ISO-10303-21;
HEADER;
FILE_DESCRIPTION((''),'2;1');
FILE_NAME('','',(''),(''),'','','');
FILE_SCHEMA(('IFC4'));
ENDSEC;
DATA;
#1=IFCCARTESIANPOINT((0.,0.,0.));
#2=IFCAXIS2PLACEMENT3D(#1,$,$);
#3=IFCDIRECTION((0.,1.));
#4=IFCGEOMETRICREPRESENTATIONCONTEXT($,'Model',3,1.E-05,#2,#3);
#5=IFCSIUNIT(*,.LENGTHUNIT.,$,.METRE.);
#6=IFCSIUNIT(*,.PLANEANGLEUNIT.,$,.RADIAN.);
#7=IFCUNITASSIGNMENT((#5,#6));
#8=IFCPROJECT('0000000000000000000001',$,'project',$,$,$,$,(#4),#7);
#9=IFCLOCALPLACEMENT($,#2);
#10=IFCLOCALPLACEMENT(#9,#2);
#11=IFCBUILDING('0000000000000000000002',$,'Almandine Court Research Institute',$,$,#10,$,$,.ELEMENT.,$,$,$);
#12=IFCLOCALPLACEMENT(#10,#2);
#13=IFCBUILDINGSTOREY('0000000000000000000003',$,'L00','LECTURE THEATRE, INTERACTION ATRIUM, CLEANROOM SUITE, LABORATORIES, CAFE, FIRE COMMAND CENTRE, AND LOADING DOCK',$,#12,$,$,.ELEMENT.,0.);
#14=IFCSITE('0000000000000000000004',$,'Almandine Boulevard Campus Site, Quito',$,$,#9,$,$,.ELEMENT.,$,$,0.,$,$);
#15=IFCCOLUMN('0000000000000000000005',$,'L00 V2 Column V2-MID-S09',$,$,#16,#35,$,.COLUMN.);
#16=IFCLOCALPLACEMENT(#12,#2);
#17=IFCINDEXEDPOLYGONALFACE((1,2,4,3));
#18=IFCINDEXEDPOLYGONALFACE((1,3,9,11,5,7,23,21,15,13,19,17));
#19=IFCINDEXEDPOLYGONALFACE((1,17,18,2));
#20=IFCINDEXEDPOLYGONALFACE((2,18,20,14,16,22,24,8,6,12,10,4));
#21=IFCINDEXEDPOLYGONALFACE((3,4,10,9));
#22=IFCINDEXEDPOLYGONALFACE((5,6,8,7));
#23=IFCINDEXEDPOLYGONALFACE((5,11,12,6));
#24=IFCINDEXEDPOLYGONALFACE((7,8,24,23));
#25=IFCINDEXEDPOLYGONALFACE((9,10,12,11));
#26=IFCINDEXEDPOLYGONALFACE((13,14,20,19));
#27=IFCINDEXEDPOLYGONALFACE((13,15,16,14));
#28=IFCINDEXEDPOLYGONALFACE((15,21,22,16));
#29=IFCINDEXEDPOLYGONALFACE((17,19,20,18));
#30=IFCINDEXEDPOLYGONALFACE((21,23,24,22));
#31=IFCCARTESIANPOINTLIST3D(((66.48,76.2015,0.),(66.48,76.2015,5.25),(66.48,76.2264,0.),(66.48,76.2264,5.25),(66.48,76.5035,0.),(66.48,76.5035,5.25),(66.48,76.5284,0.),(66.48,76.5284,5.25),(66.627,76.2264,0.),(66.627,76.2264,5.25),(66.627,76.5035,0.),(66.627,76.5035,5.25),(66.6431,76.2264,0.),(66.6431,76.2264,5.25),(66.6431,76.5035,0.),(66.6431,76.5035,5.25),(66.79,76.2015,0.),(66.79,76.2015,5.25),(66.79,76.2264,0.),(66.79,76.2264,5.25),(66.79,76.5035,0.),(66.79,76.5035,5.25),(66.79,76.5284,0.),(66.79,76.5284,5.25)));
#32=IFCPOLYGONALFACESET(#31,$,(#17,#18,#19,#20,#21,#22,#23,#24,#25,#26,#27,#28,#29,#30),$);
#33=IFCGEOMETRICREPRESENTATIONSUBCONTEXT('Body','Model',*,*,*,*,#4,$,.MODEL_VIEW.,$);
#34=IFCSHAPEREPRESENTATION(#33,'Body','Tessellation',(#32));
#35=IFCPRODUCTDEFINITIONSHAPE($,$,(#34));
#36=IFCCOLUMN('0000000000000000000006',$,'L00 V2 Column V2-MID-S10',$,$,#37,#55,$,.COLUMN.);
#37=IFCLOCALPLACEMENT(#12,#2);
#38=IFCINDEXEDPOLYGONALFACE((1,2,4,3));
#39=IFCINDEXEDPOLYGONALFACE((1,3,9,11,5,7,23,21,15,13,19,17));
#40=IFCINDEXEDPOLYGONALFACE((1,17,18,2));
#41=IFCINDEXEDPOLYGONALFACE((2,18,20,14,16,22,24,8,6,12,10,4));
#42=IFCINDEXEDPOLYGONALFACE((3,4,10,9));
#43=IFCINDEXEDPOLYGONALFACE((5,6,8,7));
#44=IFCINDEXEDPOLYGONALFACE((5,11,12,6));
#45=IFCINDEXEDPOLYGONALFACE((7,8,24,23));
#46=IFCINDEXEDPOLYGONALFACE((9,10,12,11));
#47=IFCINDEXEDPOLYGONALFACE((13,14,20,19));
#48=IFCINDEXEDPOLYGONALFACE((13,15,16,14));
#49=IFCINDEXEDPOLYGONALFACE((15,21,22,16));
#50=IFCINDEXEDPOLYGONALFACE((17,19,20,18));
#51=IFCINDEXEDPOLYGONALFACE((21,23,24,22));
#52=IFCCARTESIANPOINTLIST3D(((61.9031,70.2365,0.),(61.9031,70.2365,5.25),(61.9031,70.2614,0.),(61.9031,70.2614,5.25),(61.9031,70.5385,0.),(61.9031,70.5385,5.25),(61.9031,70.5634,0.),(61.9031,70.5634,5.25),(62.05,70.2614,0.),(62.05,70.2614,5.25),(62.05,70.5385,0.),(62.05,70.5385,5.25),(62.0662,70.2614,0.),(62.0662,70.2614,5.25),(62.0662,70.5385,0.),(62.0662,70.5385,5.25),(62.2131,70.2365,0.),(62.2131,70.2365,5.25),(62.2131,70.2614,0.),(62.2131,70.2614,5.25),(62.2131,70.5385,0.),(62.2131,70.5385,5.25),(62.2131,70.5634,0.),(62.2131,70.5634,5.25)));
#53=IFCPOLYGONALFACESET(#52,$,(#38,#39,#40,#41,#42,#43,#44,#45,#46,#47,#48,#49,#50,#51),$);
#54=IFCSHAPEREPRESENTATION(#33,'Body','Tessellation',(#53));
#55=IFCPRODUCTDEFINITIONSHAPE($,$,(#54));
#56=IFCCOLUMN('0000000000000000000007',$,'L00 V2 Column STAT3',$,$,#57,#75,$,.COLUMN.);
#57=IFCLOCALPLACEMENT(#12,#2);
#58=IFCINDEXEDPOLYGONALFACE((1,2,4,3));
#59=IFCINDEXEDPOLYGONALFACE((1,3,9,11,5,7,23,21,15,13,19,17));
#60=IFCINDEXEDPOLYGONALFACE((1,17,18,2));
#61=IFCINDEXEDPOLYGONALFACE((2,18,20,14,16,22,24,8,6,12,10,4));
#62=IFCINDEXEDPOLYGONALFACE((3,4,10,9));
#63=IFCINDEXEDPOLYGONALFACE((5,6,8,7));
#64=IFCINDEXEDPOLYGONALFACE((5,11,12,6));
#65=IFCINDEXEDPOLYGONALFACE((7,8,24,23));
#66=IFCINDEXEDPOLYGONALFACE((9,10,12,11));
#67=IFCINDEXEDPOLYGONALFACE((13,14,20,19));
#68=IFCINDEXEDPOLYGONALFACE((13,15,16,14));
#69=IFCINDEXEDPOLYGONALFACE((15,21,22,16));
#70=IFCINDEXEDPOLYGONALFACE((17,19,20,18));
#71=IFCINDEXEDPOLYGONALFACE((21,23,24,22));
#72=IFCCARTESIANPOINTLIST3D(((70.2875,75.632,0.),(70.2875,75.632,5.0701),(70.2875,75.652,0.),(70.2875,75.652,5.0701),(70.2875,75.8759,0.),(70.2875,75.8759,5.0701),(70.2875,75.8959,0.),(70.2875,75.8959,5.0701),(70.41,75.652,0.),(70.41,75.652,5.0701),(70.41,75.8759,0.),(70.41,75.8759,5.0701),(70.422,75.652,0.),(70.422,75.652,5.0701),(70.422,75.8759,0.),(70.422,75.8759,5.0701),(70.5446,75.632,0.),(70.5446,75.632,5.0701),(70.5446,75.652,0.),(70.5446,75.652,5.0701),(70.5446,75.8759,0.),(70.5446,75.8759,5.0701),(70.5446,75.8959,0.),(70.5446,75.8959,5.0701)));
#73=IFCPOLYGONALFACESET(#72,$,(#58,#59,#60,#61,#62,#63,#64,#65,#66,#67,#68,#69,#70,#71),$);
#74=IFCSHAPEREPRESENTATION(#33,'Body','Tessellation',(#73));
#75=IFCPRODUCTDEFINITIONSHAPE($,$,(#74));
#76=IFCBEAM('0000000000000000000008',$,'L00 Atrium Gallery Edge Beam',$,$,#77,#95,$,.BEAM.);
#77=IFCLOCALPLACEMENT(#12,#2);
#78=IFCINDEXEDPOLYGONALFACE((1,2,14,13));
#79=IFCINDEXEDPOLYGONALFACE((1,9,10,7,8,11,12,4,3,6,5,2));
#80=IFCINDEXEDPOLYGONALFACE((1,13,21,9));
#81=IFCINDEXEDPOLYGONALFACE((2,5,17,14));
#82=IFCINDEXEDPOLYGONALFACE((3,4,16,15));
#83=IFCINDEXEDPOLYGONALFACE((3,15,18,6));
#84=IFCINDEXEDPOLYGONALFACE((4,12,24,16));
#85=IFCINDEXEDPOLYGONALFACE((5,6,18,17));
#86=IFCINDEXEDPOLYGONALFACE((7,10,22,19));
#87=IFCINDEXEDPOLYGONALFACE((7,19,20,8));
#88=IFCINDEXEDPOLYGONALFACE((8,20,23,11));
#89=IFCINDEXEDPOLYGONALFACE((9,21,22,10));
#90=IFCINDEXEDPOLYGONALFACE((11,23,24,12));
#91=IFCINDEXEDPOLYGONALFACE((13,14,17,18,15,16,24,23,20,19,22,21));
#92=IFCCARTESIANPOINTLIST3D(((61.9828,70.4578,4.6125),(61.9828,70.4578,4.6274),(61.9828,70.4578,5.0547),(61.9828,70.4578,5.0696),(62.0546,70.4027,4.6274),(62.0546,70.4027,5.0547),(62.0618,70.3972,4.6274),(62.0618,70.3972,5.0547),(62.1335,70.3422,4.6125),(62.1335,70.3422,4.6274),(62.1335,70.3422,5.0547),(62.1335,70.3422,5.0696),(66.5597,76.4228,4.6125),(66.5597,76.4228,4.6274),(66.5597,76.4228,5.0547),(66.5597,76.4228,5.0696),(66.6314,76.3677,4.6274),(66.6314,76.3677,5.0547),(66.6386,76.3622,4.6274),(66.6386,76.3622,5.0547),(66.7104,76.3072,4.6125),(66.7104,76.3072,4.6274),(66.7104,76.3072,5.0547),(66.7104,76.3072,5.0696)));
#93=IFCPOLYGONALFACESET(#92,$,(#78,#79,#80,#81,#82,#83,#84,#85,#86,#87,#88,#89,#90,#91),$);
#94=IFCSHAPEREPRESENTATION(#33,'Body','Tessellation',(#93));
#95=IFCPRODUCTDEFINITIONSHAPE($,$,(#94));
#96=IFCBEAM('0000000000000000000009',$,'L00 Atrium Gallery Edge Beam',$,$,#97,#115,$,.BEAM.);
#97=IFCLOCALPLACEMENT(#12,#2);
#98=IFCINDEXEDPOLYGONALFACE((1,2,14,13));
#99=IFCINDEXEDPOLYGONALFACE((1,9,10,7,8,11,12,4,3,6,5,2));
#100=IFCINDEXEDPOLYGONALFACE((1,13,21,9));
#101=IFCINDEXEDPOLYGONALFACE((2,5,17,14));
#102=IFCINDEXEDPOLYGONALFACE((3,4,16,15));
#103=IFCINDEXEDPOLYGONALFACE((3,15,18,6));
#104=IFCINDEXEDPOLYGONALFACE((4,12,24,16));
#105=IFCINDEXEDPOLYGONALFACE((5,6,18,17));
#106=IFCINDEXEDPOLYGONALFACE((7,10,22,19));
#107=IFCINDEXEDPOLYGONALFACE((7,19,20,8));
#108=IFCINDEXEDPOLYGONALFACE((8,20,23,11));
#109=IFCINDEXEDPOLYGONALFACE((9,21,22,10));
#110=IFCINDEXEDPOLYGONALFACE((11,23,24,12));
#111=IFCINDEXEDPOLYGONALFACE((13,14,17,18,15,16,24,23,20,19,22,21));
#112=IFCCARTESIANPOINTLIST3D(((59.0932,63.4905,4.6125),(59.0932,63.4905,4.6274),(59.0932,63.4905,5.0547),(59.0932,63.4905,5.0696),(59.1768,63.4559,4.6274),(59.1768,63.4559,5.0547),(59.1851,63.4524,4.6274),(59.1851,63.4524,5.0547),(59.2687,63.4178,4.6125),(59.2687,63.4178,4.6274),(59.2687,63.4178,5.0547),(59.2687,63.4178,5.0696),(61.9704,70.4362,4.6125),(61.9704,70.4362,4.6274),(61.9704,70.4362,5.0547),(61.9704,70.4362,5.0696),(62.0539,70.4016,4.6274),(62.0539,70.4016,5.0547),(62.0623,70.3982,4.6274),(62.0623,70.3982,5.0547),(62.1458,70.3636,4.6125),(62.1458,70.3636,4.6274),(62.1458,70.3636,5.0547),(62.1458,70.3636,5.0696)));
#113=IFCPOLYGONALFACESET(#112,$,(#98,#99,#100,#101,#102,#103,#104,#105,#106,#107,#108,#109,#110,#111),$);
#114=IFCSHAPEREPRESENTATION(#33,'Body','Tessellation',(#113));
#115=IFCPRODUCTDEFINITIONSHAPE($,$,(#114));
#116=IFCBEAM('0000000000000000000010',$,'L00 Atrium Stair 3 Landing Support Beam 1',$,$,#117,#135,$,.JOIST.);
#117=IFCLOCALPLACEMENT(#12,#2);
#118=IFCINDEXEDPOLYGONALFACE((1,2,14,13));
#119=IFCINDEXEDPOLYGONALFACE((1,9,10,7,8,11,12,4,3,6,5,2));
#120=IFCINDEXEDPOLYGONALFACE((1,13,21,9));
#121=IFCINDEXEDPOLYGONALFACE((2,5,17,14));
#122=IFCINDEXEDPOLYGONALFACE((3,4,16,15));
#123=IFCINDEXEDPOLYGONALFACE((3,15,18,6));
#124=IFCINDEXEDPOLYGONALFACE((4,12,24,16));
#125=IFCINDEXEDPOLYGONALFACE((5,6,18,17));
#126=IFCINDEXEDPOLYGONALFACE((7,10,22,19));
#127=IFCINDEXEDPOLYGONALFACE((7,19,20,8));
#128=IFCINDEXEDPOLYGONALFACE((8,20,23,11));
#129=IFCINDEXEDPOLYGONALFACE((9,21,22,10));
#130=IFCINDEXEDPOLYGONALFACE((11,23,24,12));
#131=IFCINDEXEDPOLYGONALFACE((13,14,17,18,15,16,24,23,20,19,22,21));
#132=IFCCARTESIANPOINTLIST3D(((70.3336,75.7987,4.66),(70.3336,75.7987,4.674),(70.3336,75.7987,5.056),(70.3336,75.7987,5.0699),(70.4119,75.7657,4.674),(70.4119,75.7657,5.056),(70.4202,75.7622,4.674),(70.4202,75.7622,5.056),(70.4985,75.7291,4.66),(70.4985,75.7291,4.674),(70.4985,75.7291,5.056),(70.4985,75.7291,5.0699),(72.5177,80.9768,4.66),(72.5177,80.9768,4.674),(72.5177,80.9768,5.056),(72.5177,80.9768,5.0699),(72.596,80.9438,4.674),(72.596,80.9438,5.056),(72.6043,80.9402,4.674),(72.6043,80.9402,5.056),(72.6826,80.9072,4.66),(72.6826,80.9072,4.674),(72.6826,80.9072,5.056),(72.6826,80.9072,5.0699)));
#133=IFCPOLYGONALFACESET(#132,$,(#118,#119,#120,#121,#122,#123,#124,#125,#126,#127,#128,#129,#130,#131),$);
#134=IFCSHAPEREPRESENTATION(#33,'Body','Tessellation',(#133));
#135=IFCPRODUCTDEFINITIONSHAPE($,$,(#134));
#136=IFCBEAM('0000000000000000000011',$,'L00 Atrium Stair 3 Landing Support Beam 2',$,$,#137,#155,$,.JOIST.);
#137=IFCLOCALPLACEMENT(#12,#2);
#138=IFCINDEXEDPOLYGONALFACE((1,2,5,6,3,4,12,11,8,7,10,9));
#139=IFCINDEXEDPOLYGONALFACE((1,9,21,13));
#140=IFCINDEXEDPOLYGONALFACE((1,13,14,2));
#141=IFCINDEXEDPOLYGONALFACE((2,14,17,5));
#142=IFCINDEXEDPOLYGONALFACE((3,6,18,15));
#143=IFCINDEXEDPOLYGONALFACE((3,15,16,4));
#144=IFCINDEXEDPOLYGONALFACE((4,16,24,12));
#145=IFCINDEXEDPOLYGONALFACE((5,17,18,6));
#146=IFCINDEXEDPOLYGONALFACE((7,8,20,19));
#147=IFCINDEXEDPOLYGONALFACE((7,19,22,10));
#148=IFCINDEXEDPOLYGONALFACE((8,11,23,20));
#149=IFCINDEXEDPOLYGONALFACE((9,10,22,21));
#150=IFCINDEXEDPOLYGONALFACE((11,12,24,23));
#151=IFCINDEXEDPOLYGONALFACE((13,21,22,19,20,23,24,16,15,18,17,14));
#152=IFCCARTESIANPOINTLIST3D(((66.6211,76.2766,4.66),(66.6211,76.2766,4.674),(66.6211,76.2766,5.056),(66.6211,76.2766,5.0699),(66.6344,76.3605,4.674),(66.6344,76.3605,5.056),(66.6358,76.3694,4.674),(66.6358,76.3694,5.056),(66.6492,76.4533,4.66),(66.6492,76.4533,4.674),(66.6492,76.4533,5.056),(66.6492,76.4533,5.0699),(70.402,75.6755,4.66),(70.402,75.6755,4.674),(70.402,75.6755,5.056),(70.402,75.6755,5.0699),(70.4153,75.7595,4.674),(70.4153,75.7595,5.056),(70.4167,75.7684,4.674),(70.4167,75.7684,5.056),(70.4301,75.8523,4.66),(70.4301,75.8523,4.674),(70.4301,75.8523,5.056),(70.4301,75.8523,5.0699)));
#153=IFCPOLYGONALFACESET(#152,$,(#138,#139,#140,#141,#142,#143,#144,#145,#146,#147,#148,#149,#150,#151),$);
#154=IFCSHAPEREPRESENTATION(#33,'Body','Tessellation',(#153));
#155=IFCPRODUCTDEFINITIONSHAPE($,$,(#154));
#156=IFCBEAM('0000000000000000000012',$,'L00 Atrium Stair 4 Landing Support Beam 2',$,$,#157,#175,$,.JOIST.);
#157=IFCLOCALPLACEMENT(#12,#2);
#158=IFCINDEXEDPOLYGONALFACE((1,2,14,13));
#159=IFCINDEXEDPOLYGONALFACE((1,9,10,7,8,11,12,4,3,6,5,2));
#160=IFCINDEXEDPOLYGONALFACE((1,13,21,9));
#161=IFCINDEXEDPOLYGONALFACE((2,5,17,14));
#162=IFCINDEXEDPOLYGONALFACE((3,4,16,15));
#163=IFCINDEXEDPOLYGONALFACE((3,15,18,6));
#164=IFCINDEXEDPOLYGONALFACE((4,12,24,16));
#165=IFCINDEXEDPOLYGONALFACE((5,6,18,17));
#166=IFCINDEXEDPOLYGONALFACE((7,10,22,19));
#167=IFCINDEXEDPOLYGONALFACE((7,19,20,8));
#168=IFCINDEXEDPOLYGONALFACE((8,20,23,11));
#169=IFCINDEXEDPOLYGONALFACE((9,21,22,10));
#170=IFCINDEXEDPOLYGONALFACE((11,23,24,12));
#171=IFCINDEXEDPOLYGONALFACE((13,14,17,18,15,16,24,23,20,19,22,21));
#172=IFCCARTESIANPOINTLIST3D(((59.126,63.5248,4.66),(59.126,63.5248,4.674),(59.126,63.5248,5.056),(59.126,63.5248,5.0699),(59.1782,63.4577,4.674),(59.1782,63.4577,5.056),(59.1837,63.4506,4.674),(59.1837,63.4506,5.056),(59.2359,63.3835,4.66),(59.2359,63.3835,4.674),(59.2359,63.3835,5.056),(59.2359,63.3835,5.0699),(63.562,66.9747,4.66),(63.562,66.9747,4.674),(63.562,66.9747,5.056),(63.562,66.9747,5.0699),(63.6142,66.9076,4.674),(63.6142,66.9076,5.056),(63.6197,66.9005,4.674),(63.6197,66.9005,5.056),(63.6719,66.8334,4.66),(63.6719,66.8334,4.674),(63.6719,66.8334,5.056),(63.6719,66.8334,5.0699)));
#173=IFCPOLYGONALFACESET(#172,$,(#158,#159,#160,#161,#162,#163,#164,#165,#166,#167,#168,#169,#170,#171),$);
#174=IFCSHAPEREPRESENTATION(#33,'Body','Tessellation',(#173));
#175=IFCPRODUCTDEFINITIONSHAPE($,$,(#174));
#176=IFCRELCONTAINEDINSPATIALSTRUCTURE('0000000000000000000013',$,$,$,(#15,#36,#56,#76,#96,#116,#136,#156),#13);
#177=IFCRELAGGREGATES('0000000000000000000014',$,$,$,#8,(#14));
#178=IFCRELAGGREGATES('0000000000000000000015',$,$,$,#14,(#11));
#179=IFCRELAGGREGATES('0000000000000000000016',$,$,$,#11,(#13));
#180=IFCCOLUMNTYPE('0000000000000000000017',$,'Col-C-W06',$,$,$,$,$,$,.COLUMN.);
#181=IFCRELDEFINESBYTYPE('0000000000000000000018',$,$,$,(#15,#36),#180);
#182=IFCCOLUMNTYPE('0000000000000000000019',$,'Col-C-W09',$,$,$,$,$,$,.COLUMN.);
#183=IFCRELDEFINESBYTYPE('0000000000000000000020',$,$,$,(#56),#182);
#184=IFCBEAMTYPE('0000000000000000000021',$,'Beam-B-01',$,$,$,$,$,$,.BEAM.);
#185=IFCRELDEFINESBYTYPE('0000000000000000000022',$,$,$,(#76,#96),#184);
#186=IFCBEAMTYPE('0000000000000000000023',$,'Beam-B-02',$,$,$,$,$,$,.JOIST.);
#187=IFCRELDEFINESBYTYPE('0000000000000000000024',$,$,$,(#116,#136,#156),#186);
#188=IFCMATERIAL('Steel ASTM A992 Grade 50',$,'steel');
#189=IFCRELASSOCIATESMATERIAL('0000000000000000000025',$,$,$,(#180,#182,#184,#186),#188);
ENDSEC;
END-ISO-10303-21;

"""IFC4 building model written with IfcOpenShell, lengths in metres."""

from ifc_helpers import new_model, si_unit, direction, frame, origin, origin_2d, place, context, subcontext, project, spatial, i_section, extrude, material, material_profile, profile_set, type_object, element, save


model = new_model("IFC4")

# Units and contexts
model_context = context("Model", 3, precision=1e-05, world=origin(), true_north=direction((0.0, 1.0)))
body_context = subcontext(model_context, "Body", "Model", "MODEL_VIEW")
ifc_project = project(units=[si_unit("LENGTHUNIT", "METRE"), si_unit("PLANEANGLEUNIT", "RADIAN")], contexts=[model_context])

# Site, building, storey
site_placement = place(None, origin())
site = spatial("IfcSite", under=ifc_project, at=site_placement, Name="Almandine Boulevard Campus Site, Quito", CompositionType="ELEMENT", RefElevation=0.0)
building_placement = place(site_placement, origin())
building = spatial("IfcBuilding", under=site, at=building_placement, Name="Almandine Court Research Institute", CompositionType="ELEMENT")
storey_placement = place(building_placement, origin())
storey = spatial("IfcBuildingStorey", under=building, at=storey_placement, Name="L00", Description="LECTURE THEATRE, INTERACTION ATRIUM, CLEANROOM SUITE, LABORATORIES, CAFE, FIRE COMMAND CENTRE, AND LOADING DOCK", CompositionType="ELEMENT", Elevation=0.0)

# Columns
ifc_material_1 = material(Name="Steel ASTM A992 Grade 50", Category="steel")
ifc_material_profile_1 = material_profile(ifc_material_1, i_section(OverallWidth=0.3101, OverallDepth=0.3269, WebThickness=0.0161, FlangeThickness=0.0249, at=origin_2d()), Name="W310x158")
ifc_profile_set_1 = profile_set([ifc_material_profile_1], Name="Steel ASTM A992 Grade 50")
column_type_1 = type_object("IfcColumnType", Name="Col-C-W06", PredefinedType="COLUMN", material=ifc_profile_set_1)
for number, where, z_axis, x_axis, name in (
    (1, (66.635, 76.365, 0.0), (0.0, 0.0, 1.0), (1.0, 0.0, 0.0), "L00 V2 Column V2-MID-S09"),
    (2, (62.0581, 70.3999, 0.0), (0.0, 0.0, 1.0), (1.0, 0.0, 0.0), "L00 V2 Column V2-MID-S10"),
):
    element("IfcColumn", number, at=place(storey_placement, frame(where, z_axis=z_axis, x_axis=x_axis)), inside=storey, type_object=column_type_1, Name=name, PredefinedType="COLUMN", context=body_context, shape_type="SweptSolid", body=[
        extrude(i_section(OverallWidth=0.3101, OverallDepth=0.3269, WebThickness=0.0161, FlangeThickness=0.0249, at=origin_2d()), origin(), (0.0, 0.0, 1.0), 5.25),
    ])
ifc_material_profile_2 = material_profile(ifc_material_1, i_section(OverallWidth=0.2571, OverallDepth=0.2639, WebThickness=0.012, FlangeThickness=0.02, at=origin_2d()), Name="W250x101")
ifc_profile_set_2 = profile_set([ifc_material_profile_2], Name="Steel ASTM A992 Grade 50")
column_type_2 = type_object("IfcColumnType", Name="Col-C-W09", PredefinedType="COLUMN", material=ifc_profile_set_2)
column_placement = place(storey_placement, frame((70.416, 75.7639, 0.0), z_axis=(0.0, 0.0, 1.0), x_axis=(1.0, 0.0, 0.0)))
element("IfcColumn", 3, at=column_placement, inside=storey, type_object=column_type_2, Name="L00 V2 Column STAT3", PredefinedType="COLUMN", context=body_context, shape_type="SweptSolid", body=[
    extrude(i_section(OverallWidth=0.2571, OverallDepth=0.2639, WebThickness=0.012, FlangeThickness=0.02, at=origin_2d()), origin(), (0.0, 0.0, 1.0), 5.0701),
])

# Beams
ifc_material_profile_3 = material_profile(ifc_material_1, i_section(OverallWidth=0.1899, OverallDepth=0.457, WebThickness=0.009, FlangeThickness=0.0149, at=origin_2d()), Name="W460x74")
ifc_profile_set_3 = profile_set([ifc_material_profile_3], Name="Steel ASTM A992 Grade 50")
beam_type_1 = type_object("IfcBeamType", Name="Beam-B-01", PredefinedType="BEAM", material=ifc_profile_set_3)
beam_1_placement = place(storey_placement, frame((66.635, 76.365, 4.8411), z_axis=(-0.608739, -0.793371, 0.0), x_axis=(0.793371, -0.608739, 0.0)))
element("IfcBeam", 4, at=beam_1_placement, inside=storey, type_object=beam_type_1, Name="L00 Atrium Gallery Edge Beam", PredefinedType="BEAM", context=body_context, shape_type="SweptSolid", body=[
    extrude(i_section(OverallWidth=0.1899, OverallDepth=0.457, WebThickness=0.009, FlangeThickness=0.0149, at=origin_2d()), origin(), (0.0, 0.0, 1.0), 7.5186),
])
beam_2_placement = place(storey_placement, frame((62.0581, 70.3999, 4.8411), z_axis=(-0.382701, -0.923872, 0.0), x_axis=(0.923872, -0.382701, 0.0)))
element("IfcBeam", 5, at=beam_2_placement, inside=storey, type_object=beam_type_1, Name="L00 Atrium Gallery Edge Beam", PredefinedType="BEAM", context=body_context, shape_type="SweptSolid", body=[
    extrude(i_section(OverallWidth=0.1899, OverallDepth=0.457, WebThickness=0.009, FlangeThickness=0.0149, at=origin_2d()), origin(), (0.0, 0.0, 1.0), 7.5181),
])
ifc_material_profile_4 = material_profile(ifc_material_1, i_section(OverallWidth=0.179, OverallDepth=0.4099, WebThickness=0.009, FlangeThickness=0.0139, at=origin_2d()), Name="W410x67")
ifc_profile_set_4 = profile_set([ifc_material_profile_4], Name="Steel ASTM A992 Grade 50")
beam_type_2 = type_object("IfcBeamType", Name="Beam-B-02", PredefinedType="JOIST", material=ifc_profile_set_4)
beam_3_placement = place(storey_placement, frame((70.416, 75.7639, 4.865), z_axis=(0.388643, 0.921388, 0.0), x_axis=(-0.921388, 0.388643, 0.0)))
element("IfcBeam", 6, at=beam_3_placement, inside=storey, type_object=beam_type_2, Name="L00 Atrium Stair 3 Landing Support Beam 1", PredefinedType="JOIST", context=body_context, shape_type="SweptSolid", body=[
    extrude(i_section(OverallWidth=0.179, OverallDepth=0.4099, WebThickness=0.009, FlangeThickness=0.0139, at=origin_2d()), origin(), (0.0, 0.0, 1.0), 5.6199),
])
beam_4_placement = place(storey_placement, frame((70.416, 75.7639, 4.865), z_axis=(-0.987599, 0.157001, 0.0), x_axis=(-0.157001, -0.987599, 0.0)))
element("IfcBeam", 7, at=beam_4_placement, inside=storey, type_object=beam_type_2, Name="L00 Atrium Stair 3 Landing Support Beam 2", PredefinedType="JOIST", context=body_context, shape_type="SweptSolid", body=[
    extrude(i_section(OverallWidth=0.179, OverallDepth=0.4099, WebThickness=0.009, FlangeThickness=0.0139, at=origin_2d()), origin(), (0.0, 0.0, 1.0), 3.8284),
])
beam_5_placement = place(storey_placement, frame((63.6169, 66.9041, 4.865), z_axis=(-0.789378, -0.613908, 0.0), x_axis=(0.613908, -0.789378, 0.0)))
element("IfcBeam", 8, at=beam_5_placement, inside=storey, type_object=beam_type_2, Name="L00 Atrium Stair 4 Landing Support Beam 2", PredefinedType="JOIST", context=body_context, shape_type="SweptSolid", body=[
    extrude(i_section(OverallWidth=0.179, OverallDepth=0.4099, WebThickness=0.009, FlangeThickness=0.0139, at=origin_2d()), origin(), (0.0, 0.0, 1.0), 5.6196),
])

save(model, "model.ifc")
